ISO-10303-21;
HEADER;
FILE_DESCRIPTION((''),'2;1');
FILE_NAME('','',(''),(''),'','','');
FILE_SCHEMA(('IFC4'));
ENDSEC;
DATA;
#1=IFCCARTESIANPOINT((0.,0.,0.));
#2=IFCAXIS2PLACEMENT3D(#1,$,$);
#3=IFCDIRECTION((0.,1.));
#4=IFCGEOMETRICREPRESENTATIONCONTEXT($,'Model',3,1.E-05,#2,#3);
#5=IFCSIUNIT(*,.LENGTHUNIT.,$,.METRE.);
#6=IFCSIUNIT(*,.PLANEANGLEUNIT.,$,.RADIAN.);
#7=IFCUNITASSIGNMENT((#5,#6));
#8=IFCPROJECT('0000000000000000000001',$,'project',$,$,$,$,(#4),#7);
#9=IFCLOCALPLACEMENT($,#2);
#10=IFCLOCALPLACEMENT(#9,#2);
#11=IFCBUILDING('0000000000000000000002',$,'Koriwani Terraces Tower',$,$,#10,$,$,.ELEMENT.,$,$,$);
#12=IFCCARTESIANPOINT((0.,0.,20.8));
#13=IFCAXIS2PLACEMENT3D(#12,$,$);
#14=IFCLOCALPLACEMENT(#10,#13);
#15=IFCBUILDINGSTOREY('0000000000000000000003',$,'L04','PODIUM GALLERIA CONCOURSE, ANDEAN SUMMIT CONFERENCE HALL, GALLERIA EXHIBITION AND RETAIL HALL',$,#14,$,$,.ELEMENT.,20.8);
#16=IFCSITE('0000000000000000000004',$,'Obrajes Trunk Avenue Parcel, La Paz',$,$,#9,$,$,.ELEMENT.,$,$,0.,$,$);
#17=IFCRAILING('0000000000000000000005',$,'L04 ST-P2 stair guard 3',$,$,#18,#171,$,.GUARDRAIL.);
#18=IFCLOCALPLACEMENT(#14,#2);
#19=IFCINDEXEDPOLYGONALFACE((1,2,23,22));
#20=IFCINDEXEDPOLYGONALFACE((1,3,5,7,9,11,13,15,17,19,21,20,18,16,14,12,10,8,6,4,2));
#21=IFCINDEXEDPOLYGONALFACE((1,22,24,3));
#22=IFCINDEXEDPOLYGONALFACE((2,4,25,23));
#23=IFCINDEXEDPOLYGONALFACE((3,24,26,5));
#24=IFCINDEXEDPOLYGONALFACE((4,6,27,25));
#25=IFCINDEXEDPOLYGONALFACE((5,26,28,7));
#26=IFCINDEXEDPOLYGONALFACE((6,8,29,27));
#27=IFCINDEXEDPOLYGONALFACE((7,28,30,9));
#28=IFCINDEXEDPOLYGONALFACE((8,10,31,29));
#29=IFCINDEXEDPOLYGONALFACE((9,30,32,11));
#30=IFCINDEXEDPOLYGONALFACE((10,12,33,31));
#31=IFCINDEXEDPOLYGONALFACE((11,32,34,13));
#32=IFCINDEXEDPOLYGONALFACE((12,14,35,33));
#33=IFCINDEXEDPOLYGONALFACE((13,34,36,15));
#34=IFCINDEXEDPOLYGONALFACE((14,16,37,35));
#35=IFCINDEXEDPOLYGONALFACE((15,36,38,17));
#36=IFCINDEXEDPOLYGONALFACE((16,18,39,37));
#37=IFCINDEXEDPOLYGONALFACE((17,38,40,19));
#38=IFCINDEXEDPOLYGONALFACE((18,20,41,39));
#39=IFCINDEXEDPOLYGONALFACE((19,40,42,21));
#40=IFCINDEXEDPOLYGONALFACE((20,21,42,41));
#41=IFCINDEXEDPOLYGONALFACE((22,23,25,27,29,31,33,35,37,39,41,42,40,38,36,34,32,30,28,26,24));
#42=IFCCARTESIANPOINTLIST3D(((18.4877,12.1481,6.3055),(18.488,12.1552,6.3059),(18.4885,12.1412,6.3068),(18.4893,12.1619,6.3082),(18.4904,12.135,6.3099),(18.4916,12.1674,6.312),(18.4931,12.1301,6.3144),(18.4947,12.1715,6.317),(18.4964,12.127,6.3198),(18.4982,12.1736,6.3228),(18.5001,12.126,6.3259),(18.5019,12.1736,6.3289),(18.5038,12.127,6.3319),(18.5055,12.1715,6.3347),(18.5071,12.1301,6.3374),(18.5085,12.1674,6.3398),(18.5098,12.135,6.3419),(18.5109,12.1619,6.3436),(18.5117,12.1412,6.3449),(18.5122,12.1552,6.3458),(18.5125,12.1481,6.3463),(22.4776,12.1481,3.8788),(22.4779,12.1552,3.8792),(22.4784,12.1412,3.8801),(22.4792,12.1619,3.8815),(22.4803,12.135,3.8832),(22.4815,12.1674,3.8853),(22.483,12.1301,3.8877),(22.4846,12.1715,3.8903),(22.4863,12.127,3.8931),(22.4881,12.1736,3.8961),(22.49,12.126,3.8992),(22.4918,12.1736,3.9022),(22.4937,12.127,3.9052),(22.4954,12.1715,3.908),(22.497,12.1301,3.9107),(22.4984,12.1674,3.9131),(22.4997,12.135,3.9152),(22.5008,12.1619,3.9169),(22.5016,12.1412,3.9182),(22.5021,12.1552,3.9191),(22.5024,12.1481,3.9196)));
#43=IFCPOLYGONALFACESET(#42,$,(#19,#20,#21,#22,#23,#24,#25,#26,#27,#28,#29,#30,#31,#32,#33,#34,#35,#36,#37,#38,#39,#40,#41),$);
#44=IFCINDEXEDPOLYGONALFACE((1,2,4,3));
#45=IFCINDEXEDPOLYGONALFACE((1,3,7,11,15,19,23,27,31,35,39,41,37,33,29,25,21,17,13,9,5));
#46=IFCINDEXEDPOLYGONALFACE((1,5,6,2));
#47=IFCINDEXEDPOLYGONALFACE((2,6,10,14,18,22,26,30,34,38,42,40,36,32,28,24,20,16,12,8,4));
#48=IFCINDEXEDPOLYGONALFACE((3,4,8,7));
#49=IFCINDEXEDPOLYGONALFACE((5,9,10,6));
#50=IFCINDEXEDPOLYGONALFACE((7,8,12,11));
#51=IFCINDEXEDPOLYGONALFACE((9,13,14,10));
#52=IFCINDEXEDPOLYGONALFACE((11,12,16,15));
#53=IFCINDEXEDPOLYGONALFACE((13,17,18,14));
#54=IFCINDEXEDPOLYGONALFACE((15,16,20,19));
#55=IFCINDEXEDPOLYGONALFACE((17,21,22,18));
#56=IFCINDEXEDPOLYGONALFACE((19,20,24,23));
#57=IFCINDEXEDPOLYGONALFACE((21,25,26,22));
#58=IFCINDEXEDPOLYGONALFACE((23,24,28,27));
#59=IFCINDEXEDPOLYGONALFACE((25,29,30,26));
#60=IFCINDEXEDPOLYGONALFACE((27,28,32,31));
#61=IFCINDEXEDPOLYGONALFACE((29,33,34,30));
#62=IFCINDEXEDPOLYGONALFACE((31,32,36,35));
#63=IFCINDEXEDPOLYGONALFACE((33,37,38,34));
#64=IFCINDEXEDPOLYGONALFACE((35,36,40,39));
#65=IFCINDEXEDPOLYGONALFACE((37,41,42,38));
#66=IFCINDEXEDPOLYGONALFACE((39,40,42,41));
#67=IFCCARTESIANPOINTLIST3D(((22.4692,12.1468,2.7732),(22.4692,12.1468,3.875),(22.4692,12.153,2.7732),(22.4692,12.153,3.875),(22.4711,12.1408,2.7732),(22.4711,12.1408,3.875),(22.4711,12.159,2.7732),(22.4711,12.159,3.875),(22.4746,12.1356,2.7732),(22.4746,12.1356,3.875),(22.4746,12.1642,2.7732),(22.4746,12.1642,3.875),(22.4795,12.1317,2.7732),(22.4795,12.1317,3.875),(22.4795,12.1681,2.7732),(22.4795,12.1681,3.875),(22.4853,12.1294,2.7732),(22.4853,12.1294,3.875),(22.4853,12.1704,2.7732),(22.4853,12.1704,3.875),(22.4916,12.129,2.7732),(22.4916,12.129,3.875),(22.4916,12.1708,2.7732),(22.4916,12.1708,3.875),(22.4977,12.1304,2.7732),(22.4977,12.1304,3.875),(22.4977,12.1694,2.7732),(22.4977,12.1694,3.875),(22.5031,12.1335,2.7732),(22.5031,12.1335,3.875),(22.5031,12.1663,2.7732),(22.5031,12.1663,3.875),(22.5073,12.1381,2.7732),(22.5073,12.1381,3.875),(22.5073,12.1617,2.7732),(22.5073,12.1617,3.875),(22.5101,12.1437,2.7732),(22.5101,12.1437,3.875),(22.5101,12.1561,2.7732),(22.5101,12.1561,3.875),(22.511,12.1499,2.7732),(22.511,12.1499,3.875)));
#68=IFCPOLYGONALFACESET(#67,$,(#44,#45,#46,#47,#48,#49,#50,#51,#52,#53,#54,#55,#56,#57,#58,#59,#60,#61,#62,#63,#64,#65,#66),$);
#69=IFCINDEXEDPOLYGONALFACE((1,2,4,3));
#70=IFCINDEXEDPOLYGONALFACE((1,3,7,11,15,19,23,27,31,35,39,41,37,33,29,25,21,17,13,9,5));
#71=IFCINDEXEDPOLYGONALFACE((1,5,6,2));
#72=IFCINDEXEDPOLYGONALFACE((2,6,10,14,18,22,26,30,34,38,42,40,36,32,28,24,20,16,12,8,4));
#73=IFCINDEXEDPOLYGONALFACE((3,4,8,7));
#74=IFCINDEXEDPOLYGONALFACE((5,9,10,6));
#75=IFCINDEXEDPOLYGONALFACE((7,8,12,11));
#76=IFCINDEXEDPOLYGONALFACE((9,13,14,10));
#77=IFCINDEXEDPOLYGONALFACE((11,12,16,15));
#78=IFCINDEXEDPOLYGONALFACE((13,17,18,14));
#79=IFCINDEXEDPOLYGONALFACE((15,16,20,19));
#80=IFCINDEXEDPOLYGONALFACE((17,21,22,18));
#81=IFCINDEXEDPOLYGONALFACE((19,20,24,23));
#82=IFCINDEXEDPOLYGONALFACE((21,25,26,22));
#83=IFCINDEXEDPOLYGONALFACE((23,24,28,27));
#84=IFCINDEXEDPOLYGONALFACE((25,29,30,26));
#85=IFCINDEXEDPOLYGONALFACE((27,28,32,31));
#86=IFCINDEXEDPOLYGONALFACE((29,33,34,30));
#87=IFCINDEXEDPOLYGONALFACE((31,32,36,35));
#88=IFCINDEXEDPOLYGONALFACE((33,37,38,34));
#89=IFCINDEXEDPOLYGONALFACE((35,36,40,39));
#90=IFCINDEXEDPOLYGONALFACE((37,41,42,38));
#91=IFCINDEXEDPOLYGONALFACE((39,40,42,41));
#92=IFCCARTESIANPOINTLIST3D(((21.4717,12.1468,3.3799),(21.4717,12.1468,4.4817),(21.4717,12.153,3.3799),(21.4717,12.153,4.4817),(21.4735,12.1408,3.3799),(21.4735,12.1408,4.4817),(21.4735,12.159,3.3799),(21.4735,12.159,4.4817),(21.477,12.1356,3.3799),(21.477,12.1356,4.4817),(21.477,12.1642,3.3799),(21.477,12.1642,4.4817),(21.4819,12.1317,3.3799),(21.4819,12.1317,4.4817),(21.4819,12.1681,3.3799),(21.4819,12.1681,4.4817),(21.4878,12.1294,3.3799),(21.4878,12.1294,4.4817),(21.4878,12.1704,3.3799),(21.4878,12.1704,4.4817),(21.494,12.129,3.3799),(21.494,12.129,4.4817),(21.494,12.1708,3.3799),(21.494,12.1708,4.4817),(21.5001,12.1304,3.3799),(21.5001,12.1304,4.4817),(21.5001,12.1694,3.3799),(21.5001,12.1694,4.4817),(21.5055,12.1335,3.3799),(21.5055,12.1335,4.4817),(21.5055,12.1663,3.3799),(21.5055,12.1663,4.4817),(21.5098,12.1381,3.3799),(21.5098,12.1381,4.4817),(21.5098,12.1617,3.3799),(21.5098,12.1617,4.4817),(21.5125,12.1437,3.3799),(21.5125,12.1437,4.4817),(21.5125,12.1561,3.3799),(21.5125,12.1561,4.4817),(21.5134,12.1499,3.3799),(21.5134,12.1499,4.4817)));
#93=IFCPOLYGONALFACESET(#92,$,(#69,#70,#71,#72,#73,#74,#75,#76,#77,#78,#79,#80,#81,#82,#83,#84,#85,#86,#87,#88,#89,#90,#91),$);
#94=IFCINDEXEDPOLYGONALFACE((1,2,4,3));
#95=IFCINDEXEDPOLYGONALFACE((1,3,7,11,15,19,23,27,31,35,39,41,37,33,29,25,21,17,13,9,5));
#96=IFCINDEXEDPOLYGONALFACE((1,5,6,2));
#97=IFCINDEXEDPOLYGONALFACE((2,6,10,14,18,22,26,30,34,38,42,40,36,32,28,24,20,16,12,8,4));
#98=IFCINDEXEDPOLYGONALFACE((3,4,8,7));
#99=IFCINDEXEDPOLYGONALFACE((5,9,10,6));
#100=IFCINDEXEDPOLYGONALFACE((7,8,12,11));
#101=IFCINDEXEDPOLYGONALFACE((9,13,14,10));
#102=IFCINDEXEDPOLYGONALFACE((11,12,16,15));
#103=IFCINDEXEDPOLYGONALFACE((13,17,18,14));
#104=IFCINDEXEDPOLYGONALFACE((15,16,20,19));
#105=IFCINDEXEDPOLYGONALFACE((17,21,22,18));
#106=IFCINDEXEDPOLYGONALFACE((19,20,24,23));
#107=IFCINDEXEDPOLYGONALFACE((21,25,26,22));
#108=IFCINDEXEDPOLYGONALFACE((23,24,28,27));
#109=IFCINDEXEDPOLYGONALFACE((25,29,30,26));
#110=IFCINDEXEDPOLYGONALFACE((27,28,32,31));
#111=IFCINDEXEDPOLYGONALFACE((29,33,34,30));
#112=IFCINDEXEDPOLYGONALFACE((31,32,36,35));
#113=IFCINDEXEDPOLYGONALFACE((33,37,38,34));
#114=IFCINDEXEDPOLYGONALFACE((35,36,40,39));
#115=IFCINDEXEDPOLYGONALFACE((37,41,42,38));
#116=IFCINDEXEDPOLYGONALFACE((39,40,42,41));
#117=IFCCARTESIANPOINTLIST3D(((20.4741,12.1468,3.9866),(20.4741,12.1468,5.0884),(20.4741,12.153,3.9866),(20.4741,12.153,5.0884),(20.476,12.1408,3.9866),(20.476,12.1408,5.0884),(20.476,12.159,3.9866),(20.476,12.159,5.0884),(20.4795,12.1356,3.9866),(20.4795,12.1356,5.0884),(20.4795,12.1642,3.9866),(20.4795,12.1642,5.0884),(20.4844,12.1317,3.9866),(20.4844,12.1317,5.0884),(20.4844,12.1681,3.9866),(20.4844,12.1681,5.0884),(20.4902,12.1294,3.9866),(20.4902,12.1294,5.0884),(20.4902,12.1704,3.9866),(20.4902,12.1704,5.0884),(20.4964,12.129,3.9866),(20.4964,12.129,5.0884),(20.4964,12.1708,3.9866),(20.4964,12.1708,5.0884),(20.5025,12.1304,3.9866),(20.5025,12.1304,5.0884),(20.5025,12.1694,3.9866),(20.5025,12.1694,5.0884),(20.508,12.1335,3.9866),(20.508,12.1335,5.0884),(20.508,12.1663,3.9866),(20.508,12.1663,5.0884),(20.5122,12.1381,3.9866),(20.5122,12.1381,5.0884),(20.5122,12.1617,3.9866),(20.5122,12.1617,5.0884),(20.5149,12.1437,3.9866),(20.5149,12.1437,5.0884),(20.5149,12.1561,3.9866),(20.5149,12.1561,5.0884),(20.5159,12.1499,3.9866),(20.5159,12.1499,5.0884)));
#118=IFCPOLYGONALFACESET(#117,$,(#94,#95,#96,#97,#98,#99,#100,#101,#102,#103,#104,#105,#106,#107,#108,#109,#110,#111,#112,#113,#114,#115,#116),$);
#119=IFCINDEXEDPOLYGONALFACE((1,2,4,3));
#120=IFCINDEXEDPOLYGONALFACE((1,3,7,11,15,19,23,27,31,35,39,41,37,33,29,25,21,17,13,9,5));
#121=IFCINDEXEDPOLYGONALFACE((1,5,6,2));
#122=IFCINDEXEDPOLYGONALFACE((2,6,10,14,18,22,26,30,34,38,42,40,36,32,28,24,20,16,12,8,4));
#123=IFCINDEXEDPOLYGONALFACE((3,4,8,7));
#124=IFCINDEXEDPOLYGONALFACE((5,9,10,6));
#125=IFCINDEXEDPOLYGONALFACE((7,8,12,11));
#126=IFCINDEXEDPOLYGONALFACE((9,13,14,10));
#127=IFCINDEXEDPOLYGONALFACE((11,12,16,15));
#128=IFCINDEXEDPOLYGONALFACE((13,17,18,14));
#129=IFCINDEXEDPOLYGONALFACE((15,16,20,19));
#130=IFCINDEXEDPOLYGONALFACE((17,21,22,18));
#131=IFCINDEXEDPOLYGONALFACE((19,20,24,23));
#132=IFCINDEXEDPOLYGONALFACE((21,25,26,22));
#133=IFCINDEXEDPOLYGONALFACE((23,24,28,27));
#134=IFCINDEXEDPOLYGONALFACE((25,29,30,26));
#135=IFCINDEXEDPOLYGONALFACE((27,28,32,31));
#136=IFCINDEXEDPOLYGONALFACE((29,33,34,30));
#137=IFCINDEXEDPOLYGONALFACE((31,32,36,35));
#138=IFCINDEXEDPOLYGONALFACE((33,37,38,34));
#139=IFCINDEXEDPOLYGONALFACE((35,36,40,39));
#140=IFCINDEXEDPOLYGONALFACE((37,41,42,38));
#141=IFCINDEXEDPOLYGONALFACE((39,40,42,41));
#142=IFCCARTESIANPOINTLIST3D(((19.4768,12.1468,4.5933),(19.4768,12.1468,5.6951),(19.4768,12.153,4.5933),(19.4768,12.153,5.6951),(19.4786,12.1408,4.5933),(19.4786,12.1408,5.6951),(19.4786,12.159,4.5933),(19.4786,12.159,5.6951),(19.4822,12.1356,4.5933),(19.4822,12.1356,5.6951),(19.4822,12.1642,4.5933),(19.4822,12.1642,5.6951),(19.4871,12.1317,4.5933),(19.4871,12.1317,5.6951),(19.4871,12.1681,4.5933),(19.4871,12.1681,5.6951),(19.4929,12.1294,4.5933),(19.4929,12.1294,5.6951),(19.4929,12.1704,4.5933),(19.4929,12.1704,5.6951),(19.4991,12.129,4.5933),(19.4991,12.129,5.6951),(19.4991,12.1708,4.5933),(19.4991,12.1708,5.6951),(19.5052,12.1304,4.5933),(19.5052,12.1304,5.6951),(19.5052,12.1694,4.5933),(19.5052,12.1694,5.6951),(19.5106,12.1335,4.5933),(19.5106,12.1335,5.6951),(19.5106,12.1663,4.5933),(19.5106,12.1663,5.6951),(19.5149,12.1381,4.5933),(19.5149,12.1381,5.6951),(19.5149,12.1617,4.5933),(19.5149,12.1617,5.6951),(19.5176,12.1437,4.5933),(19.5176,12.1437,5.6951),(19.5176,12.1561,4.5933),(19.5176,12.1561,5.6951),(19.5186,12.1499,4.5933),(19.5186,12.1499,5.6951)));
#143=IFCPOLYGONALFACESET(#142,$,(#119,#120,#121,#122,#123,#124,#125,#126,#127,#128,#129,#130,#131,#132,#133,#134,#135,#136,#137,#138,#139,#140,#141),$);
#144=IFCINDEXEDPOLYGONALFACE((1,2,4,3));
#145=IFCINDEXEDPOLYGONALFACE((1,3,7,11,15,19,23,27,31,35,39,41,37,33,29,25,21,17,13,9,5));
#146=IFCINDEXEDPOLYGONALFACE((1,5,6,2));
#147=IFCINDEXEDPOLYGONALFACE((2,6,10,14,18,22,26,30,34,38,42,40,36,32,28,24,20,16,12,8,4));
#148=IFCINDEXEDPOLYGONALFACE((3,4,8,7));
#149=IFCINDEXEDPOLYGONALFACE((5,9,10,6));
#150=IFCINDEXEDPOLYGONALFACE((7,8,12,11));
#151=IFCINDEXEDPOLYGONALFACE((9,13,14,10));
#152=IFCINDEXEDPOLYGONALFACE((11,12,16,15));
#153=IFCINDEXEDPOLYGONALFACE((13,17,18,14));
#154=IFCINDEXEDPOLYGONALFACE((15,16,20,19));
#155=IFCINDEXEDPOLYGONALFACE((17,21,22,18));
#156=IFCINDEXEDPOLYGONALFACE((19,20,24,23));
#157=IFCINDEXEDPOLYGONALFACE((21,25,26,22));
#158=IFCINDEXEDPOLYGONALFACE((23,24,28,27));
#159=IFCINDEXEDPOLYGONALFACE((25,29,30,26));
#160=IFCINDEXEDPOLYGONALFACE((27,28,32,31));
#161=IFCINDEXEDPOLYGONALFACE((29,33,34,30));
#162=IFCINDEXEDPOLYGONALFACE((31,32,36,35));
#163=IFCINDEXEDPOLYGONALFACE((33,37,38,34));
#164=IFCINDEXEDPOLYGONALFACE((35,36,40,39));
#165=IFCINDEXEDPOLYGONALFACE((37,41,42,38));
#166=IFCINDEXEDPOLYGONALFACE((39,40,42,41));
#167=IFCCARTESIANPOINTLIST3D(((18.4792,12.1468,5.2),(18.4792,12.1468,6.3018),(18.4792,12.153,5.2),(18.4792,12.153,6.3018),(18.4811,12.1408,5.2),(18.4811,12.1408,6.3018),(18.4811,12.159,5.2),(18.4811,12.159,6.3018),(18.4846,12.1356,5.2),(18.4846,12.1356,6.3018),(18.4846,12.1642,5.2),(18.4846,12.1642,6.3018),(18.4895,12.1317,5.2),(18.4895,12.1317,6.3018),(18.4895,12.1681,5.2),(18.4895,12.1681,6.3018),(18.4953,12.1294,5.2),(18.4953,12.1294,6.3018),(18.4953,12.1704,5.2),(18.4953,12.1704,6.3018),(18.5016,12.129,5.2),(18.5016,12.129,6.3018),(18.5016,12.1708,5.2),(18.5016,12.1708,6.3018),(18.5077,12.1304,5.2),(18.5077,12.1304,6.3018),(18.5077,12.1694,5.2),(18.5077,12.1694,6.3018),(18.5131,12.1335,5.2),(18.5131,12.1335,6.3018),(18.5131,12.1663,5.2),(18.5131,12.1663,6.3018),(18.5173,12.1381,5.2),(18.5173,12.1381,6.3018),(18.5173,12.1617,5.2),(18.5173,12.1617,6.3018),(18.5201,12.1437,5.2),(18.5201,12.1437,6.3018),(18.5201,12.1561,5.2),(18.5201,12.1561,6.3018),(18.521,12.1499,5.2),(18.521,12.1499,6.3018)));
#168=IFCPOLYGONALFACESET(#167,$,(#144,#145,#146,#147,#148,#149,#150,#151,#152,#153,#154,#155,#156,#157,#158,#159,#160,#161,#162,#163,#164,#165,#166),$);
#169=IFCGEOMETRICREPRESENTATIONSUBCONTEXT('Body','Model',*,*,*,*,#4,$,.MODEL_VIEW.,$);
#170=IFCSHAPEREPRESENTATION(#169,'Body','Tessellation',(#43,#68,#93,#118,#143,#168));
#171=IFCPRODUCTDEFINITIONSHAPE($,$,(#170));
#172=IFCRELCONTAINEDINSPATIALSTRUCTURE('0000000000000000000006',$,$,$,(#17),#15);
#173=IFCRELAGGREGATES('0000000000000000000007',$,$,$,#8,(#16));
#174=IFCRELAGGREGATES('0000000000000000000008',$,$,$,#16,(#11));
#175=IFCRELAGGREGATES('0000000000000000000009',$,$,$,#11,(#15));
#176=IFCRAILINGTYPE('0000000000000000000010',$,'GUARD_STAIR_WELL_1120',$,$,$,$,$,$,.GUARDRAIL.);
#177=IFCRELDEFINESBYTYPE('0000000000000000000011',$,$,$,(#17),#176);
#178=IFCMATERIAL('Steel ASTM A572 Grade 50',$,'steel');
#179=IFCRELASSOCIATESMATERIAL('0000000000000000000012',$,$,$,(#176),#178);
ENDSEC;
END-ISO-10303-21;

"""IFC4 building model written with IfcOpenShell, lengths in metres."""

from ifc_helpers import new_model, si_unit, direction, frame, origin, origin_2d, place, context, subcontext, project, spatial, circle, extrude, material, type_object, element, save


model = new_model("IFC4")

# Units and contexts
model_context = context("Model", 3, precision=1e-05, world=origin(), true_north=direction((0.0, 1.0)))
body_context = subcontext(model_context, "Body", "Model", "MODEL_VIEW")
ifc_project = project(units=[si_unit("LENGTHUNIT", "METRE"), si_unit("PLANEANGLEUNIT", "RADIAN")], contexts=[model_context])

# Site, building, storey
site_placement = place(None, origin())
site = spatial("IfcSite", under=ifc_project, at=site_placement, Name="Obrajes Trunk Avenue Parcel, La Paz", CompositionType="ELEMENT", RefElevation=0.0)
building_placement = place(site_placement, origin())
building = spatial("IfcBuilding", under=site, at=building_placement, Name="Koriwani Terraces Tower", CompositionType="ELEMENT")
storey_placement = place(building_placement, frame((0.0, 0.0, 20.8)))
storey = spatial("IfcBuildingStorey", under=building, at=storey_placement, Name="L04", Description="PODIUM GALLERIA CONCOURSE, ANDEAN SUMMIT CONFERENCE HALL, GALLERIA EXHIBITION AND RETAIL HALL", CompositionType="ELEMENT", Elevation=20.8)

# Shared definitions
ifc_material_1 = material(Name="Steel ASTM A572 Grade 50", Category="steel")

# Railing
railing_type_1 = type_object("IfcRailingType", Name="GUARD_STAIR_WELL_1120", PredefinedType="GUARDRAIL", material=ifc_material_1)
railing_1_placement = place(storey_placement, frame((22.49, 12.1499, 2.7732)))
element("IfcRailing", 1, at=railing_1_placement, inside=storey, type_object=railing_type_1, Name="L04 ST-P2 stair guard 3", PredefinedType="GUARDRAIL", context=body_context, shape_type="SweptSolid", body=[
    extrude(circle(Radius=0.0239, at=origin_2d()), frame((0.0, 0.0, 1.126), z_axis=(-0.854382, 0.0, 0.519645), x_axis=(0.0, -1.0, 0.0)), (0.0, 0.0, 1.0), 4.6699),
    extrude(circle(Radius=0.021, at=origin_2d()), origin(), (0.0, 0.0, 1.0), 1.1018),
    extrude(circle(Radius=0.021, at=origin_2d()), frame((-0.9976, 0.0, 0.6067)), (0.0, 0.0, 1.0), 1.1018),
    extrude(circle(Radius=0.021, at=origin_2d()), frame((-1.9951, 0.0, 1.2134)), (0.0, 0.0, 1.0), 1.1018),
    extrude(circle(Radius=0.021, at=origin_2d()), frame((-2.9924, 0.0, 1.8201)), (0.0, 0.0, 1.0), 1.1018),
    extrude(circle(Radius=0.021, at=origin_2d()), frame((-3.99, 0.0, 2.4268)), (0.0, 0.0, 1.0), 1.1018),
])

save(model, "model.ifc")
